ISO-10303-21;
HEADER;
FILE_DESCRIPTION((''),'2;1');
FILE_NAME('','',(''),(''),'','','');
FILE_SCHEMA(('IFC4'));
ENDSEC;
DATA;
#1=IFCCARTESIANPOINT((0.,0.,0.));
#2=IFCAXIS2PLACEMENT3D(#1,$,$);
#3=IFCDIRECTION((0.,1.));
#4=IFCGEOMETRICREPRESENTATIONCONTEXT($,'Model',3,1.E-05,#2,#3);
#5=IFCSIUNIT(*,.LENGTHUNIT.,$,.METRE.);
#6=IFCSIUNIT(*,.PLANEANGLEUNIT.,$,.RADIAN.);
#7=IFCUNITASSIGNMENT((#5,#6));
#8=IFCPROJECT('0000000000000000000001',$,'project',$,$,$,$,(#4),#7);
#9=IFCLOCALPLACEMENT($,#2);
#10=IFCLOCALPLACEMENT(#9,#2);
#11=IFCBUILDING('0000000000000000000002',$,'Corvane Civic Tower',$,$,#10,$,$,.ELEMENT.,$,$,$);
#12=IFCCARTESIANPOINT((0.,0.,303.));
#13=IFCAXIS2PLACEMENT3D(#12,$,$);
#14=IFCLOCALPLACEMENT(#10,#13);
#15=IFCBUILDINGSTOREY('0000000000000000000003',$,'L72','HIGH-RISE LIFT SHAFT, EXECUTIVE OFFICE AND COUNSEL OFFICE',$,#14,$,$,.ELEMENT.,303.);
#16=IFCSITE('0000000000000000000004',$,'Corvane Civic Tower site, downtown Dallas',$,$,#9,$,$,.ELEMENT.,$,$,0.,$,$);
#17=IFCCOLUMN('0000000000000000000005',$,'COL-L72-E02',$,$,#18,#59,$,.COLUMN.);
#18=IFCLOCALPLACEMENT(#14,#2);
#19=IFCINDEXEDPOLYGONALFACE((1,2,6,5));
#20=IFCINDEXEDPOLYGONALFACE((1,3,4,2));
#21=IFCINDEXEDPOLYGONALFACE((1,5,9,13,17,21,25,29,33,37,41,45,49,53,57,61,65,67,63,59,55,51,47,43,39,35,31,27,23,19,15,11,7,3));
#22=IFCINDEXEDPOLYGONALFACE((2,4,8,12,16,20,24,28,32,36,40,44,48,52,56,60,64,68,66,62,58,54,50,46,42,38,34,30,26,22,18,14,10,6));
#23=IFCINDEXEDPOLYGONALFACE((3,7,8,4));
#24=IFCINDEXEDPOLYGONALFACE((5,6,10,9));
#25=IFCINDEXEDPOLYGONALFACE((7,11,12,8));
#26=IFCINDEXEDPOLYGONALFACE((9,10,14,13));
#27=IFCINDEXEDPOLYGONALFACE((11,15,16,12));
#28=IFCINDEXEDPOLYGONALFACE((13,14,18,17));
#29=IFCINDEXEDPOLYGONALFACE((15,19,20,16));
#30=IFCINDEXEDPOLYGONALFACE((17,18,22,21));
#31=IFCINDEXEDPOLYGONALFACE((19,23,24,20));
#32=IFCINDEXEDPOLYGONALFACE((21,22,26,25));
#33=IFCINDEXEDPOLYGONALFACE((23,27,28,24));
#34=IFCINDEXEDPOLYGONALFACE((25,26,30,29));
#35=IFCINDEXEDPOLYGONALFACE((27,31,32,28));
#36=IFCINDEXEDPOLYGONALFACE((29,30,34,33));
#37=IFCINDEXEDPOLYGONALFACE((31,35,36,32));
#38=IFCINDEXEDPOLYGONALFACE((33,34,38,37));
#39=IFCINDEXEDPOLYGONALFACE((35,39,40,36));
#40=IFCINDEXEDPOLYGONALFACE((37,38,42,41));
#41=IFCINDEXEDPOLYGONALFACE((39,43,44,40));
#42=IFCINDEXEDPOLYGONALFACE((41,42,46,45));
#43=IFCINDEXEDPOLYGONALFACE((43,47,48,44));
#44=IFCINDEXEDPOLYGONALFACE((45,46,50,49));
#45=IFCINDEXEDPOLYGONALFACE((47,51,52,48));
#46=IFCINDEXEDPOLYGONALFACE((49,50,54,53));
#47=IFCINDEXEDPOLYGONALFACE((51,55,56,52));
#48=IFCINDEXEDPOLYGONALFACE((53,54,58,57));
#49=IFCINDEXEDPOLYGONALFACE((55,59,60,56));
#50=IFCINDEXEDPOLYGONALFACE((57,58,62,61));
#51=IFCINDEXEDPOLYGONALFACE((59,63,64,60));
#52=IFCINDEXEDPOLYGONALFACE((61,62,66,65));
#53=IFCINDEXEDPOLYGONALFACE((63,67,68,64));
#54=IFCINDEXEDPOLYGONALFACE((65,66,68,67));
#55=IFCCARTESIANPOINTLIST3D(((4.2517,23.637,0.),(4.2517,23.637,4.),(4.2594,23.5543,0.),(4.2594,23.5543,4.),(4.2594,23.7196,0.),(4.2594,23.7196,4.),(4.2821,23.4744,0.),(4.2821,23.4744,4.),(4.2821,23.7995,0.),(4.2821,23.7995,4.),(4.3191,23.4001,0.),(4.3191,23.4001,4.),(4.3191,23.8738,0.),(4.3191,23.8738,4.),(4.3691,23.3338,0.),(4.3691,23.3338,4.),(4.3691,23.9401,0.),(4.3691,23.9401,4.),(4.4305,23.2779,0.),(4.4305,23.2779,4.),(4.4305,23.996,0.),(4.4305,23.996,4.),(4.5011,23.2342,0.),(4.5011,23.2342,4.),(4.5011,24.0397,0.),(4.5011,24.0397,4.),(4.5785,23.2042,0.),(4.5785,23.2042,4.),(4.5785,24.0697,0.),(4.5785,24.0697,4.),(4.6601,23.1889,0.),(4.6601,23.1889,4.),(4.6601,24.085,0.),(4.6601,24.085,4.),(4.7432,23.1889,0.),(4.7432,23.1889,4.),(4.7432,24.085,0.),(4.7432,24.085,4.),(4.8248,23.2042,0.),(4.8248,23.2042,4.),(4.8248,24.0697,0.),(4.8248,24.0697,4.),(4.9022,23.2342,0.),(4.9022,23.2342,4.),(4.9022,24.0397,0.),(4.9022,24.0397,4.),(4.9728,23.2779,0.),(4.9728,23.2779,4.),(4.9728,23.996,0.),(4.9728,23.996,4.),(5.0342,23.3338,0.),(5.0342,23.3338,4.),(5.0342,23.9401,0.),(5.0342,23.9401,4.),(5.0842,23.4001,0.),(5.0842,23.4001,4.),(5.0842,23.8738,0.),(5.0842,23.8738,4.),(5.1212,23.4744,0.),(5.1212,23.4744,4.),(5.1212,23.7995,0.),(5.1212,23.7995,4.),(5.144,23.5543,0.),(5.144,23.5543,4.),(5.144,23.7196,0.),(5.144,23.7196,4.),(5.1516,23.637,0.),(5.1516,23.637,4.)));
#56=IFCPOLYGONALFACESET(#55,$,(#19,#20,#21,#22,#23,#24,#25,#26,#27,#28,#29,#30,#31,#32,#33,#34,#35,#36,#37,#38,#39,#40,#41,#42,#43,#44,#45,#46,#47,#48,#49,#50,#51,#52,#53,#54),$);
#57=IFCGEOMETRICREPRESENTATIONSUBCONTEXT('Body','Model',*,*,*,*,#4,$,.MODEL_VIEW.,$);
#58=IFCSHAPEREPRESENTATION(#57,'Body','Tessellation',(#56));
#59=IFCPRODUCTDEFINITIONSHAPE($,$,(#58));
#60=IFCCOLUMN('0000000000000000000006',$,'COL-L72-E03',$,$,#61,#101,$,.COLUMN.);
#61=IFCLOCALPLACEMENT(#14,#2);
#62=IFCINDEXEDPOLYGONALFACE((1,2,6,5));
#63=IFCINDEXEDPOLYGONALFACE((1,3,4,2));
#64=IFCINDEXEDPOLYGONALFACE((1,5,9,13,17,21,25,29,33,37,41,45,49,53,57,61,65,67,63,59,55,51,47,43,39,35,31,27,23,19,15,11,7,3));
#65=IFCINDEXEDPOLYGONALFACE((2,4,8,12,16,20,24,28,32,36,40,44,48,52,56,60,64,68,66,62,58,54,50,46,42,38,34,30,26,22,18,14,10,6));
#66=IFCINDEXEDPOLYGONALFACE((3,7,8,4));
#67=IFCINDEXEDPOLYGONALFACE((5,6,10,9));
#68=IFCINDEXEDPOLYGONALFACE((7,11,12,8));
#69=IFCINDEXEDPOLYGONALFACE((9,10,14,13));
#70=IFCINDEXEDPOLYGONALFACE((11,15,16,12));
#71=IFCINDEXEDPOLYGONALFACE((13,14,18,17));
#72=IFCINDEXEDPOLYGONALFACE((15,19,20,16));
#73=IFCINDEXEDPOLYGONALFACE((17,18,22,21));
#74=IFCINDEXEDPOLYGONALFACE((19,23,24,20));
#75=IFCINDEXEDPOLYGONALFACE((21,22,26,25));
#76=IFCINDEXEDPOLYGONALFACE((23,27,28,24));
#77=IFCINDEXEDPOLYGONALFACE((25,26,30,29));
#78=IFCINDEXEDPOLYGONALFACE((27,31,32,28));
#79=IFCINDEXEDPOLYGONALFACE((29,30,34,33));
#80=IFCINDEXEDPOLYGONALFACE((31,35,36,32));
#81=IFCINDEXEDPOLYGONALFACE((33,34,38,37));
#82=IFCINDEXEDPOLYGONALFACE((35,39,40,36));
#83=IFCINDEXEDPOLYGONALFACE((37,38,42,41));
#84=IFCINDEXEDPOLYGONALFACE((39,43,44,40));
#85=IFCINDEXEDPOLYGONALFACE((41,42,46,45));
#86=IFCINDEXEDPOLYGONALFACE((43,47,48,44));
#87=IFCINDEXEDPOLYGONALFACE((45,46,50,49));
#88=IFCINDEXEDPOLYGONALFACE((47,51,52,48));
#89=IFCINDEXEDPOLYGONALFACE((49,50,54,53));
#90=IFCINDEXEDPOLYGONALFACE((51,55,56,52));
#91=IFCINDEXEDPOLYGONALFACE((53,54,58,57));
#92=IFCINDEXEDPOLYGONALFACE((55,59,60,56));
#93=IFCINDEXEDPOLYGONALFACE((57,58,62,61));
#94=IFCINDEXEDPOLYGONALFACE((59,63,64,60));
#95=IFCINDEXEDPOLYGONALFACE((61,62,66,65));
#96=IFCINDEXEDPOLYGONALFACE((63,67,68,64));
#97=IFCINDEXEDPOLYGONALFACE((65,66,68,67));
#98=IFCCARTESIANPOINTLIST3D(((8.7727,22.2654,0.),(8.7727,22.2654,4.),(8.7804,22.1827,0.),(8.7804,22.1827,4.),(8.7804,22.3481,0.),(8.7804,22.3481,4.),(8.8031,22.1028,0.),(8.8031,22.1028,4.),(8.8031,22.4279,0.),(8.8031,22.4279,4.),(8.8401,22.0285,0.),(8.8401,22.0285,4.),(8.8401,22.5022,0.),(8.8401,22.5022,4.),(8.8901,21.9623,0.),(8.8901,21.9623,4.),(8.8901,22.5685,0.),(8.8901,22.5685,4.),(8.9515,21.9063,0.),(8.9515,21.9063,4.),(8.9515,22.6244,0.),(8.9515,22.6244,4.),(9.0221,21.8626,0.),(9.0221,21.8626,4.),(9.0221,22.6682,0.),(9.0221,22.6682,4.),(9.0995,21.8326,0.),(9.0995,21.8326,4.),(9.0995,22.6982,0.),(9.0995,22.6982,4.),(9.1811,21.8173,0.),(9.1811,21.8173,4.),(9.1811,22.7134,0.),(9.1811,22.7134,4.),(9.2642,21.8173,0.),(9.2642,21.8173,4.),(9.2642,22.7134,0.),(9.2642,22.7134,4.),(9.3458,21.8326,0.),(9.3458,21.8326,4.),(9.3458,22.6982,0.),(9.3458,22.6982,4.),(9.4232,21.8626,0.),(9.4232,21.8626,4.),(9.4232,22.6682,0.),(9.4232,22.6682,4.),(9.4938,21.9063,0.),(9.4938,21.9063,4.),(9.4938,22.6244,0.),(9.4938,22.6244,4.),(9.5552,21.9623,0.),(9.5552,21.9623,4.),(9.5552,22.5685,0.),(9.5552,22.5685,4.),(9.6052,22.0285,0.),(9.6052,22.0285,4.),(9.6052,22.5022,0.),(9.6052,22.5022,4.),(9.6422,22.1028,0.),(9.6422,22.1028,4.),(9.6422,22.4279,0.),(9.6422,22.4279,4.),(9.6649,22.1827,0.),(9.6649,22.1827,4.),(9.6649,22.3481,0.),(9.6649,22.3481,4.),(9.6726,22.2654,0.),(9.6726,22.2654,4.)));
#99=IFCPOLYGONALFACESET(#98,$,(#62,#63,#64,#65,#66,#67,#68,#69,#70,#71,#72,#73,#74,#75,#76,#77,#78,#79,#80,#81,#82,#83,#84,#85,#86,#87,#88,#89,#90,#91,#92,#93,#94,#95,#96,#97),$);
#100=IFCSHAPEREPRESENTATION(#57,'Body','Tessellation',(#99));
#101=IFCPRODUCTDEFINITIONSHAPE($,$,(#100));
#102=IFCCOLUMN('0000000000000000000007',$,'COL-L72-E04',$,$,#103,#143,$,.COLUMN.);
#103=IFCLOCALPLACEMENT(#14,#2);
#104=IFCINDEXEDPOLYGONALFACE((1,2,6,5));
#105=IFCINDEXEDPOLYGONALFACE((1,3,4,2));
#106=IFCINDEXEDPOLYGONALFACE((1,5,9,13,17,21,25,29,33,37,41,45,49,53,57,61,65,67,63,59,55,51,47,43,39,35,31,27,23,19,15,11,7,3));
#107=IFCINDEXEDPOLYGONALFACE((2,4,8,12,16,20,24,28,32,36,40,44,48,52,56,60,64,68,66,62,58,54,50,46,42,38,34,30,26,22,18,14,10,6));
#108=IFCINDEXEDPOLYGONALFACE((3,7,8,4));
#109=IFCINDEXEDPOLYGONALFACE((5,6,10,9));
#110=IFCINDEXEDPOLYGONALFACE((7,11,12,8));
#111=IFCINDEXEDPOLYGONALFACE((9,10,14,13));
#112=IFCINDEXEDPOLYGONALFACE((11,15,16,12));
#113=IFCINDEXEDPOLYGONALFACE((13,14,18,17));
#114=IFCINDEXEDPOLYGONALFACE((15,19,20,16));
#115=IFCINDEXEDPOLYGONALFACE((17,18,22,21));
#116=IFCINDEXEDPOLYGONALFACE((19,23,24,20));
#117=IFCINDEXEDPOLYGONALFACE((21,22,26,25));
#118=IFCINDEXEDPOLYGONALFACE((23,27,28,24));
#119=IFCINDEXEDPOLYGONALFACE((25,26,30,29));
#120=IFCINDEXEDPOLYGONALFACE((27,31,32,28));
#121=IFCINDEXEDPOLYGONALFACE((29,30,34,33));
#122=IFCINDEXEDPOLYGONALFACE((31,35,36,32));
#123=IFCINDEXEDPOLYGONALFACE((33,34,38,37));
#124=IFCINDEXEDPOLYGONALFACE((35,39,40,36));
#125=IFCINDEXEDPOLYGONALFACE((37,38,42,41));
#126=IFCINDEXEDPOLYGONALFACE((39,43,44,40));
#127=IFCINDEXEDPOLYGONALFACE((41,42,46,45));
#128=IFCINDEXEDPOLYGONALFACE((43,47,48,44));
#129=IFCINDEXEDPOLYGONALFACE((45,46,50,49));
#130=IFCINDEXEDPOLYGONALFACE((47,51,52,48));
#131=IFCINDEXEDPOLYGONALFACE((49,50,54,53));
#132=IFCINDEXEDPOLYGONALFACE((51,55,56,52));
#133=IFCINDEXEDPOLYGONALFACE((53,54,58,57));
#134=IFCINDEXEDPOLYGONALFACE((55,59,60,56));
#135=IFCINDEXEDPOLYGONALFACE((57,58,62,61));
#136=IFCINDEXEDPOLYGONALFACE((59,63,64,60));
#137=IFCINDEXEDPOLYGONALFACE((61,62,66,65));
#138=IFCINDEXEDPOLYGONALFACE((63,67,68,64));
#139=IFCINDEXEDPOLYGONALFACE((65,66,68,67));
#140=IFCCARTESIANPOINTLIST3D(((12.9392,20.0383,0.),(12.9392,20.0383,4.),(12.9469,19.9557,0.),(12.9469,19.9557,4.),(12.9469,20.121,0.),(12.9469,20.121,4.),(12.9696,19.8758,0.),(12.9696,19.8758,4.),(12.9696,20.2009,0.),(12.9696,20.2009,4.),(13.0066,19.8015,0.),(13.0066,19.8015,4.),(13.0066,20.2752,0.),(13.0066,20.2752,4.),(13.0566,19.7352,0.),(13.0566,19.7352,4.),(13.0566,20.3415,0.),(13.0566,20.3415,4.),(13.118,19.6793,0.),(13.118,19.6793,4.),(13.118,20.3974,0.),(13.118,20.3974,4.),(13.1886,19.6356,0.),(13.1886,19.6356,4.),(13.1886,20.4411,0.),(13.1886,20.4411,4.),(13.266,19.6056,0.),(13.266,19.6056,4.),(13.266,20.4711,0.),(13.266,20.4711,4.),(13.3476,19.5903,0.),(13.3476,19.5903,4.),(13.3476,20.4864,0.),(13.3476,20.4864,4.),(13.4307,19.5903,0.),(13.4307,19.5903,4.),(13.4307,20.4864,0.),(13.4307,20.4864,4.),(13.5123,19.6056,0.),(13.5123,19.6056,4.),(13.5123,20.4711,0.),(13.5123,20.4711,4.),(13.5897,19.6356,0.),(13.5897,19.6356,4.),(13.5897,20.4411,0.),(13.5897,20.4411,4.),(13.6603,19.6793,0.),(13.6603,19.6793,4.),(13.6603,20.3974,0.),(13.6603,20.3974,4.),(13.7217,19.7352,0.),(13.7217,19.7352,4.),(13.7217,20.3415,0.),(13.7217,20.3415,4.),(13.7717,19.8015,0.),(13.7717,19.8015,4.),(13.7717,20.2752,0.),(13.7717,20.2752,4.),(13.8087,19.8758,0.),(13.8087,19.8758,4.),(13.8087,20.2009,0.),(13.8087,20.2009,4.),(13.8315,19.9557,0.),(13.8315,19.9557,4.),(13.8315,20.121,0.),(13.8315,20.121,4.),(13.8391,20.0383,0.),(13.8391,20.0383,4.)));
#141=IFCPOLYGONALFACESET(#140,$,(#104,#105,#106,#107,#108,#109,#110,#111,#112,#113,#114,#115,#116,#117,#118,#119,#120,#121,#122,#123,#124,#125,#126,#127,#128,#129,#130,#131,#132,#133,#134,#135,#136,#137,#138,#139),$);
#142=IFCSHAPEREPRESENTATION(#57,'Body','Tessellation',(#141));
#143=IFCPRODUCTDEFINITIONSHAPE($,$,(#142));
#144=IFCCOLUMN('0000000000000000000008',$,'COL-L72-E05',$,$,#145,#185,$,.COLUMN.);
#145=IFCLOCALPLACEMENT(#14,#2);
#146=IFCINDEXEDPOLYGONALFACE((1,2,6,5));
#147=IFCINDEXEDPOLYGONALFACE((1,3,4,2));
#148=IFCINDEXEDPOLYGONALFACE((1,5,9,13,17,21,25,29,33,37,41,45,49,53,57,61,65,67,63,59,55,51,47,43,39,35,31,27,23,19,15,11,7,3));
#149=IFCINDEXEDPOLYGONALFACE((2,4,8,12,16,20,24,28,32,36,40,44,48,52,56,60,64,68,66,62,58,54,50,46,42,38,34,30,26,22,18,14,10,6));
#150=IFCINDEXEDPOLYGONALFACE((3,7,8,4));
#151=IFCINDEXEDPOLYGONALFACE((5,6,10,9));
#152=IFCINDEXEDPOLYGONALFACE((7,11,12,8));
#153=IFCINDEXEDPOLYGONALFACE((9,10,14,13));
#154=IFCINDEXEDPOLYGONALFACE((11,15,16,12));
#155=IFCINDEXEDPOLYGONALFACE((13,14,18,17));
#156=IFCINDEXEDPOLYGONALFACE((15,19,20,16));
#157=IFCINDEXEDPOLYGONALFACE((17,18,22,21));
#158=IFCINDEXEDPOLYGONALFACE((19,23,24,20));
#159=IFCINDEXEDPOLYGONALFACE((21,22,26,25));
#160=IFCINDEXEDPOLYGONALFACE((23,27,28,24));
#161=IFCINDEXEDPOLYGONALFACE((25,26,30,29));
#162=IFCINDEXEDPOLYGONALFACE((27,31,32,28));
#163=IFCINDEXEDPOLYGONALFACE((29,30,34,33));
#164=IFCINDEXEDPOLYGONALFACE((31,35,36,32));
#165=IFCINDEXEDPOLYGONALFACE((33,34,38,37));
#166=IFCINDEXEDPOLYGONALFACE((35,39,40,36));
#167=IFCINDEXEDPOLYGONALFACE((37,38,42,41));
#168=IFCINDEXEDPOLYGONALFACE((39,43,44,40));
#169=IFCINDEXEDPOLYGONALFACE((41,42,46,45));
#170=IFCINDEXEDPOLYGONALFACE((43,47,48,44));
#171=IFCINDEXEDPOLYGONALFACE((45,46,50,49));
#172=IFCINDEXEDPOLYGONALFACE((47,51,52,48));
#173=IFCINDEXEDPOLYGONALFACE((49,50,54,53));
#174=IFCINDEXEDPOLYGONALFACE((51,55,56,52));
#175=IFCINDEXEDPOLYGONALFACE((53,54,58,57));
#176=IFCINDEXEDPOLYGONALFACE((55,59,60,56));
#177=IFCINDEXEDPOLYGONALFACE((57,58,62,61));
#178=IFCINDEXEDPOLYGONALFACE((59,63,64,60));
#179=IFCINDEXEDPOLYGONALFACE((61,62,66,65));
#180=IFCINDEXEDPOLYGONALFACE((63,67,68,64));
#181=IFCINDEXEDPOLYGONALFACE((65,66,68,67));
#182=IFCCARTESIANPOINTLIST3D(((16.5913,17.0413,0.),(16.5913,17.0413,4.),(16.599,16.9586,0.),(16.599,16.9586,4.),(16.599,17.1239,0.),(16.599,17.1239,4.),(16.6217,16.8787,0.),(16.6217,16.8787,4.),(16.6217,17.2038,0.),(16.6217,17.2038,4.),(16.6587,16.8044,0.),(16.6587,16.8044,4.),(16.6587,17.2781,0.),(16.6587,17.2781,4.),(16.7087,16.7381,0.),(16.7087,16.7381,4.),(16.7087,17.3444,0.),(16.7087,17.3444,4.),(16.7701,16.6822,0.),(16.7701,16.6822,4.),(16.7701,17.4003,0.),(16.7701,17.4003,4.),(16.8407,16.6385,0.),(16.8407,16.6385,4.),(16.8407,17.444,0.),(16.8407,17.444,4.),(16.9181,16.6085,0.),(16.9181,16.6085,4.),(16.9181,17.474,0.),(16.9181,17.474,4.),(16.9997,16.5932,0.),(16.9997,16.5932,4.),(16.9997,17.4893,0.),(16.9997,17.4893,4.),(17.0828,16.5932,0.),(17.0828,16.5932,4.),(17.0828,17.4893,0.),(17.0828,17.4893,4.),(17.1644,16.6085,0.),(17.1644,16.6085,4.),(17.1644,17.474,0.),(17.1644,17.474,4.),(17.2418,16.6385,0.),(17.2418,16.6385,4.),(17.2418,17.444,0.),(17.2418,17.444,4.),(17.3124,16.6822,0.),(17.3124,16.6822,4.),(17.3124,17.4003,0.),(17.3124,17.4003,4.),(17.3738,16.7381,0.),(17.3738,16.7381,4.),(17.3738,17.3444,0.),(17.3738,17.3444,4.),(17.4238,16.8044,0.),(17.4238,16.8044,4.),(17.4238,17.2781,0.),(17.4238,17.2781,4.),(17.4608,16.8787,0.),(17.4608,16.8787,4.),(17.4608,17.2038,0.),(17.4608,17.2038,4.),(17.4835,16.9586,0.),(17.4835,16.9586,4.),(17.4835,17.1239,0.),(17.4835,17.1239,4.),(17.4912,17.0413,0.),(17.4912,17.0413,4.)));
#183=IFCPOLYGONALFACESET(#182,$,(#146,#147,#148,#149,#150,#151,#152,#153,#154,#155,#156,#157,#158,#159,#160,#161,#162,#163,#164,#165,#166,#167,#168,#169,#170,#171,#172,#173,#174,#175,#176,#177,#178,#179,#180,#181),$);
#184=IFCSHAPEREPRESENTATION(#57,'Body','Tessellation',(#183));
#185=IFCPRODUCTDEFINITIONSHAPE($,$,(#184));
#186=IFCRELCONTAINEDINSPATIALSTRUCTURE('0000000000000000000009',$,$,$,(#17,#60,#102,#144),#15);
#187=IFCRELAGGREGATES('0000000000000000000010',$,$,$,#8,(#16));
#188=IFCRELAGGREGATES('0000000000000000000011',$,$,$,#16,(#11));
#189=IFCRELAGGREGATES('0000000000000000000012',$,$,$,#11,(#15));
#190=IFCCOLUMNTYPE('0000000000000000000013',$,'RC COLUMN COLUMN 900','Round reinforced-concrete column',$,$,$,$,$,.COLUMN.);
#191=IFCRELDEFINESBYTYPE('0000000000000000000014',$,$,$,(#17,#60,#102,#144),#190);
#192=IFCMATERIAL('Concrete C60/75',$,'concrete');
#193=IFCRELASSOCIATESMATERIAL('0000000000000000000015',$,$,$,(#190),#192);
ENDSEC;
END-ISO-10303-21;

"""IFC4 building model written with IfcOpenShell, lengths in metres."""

from ifc_helpers import new_model, si_unit, direction, frame, origin, origin_2d, place, context, subcontext, project, spatial, circle, extrude, material, material_profile, profile_set, type_object, element, save


model = new_model("IFC4")

# Units and contexts
model_context = context("Model", 3, precision=1e-05, world=origin(), true_north=direction((0.0, 1.0)))
body_context = subcontext(model_context, "Body", "Model", "MODEL_VIEW")
ifc_project = project(units=[si_unit("LENGTHUNIT", "METRE"), si_unit("PLANEANGLEUNIT", "RADIAN")], contexts=[model_context])

# Site, building, storey
site_placement = place(None, origin())
site = spatial("IfcSite", under=ifc_project, at=site_placement, Name="Corvane Civic Tower site, downtown Dallas", CompositionType="ELEMENT", RefElevation=0.0)
building_placement = place(site_placement, origin())
building = spatial("IfcBuilding", under=site, at=building_placement, Name="Corvane Civic Tower", CompositionType="ELEMENT")
storey_placement = place(building_placement, frame((0.0, 0.0, 303.0)))
storey = spatial("IfcBuildingStorey", under=building, at=storey_placement, Name="L72", Description="HIGH-RISE LIFT SHAFT, EXECUTIVE OFFICE AND COUNSEL OFFICE", CompositionType="ELEMENT", Elevation=303.0)

# Columns
ifc_material_1 = material(Name="Concrete C60/75", Category="concrete")
ifc_material_profile_1 = material_profile(ifc_material_1, circle(Radius=0.45, at=origin_2d()), Name="COLUMN 900")
ifc_profile_set_1 = profile_set([ifc_material_profile_1], Name="Concrete C60/75")
column_type = type_object("IfcColumnType", Name="RC COLUMN COLUMN 900", Description="Round reinforced-concrete column", PredefinedType="COLUMN", material=ifc_profile_set_1)
for number, where, z_axis, x_axis, name in (
    (1, (4.7017, 23.637, 0.0), (0.0, 0.0, 1.0), (1.0, 0.0, 0.0), "COL-L72-E02"),
    (2, (9.2227, 22.2654, 0.0), (0.0, 0.0, 1.0), (1.0, 0.0, 0.0), "COL-L72-E03"),
    (3, (13.3892, 20.0383, 0.0), (0.0, 0.0, 1.0), (1.0, 0.0, 0.0), "COL-L72-E04"),
    (4, (17.0413, 17.0413, 0.0), (0.0, 0.0, 1.0), (1.0, 0.0, 0.0), "COL-L72-E05"),
):
    element("IfcColumn", number, at=place(storey_placement, frame(where, z_axis=z_axis, x_axis=x_axis)), inside=storey, type_object=column_type, Name=name, PredefinedType="COLUMN", context=body_context, shape_type="SweptSolid", body=[
        extrude(circle(Radius=0.45, at=origin_2d()), origin(), (0.0, 0.0, 1.0), 4.0),
    ])

save(model, "model.ifc")
